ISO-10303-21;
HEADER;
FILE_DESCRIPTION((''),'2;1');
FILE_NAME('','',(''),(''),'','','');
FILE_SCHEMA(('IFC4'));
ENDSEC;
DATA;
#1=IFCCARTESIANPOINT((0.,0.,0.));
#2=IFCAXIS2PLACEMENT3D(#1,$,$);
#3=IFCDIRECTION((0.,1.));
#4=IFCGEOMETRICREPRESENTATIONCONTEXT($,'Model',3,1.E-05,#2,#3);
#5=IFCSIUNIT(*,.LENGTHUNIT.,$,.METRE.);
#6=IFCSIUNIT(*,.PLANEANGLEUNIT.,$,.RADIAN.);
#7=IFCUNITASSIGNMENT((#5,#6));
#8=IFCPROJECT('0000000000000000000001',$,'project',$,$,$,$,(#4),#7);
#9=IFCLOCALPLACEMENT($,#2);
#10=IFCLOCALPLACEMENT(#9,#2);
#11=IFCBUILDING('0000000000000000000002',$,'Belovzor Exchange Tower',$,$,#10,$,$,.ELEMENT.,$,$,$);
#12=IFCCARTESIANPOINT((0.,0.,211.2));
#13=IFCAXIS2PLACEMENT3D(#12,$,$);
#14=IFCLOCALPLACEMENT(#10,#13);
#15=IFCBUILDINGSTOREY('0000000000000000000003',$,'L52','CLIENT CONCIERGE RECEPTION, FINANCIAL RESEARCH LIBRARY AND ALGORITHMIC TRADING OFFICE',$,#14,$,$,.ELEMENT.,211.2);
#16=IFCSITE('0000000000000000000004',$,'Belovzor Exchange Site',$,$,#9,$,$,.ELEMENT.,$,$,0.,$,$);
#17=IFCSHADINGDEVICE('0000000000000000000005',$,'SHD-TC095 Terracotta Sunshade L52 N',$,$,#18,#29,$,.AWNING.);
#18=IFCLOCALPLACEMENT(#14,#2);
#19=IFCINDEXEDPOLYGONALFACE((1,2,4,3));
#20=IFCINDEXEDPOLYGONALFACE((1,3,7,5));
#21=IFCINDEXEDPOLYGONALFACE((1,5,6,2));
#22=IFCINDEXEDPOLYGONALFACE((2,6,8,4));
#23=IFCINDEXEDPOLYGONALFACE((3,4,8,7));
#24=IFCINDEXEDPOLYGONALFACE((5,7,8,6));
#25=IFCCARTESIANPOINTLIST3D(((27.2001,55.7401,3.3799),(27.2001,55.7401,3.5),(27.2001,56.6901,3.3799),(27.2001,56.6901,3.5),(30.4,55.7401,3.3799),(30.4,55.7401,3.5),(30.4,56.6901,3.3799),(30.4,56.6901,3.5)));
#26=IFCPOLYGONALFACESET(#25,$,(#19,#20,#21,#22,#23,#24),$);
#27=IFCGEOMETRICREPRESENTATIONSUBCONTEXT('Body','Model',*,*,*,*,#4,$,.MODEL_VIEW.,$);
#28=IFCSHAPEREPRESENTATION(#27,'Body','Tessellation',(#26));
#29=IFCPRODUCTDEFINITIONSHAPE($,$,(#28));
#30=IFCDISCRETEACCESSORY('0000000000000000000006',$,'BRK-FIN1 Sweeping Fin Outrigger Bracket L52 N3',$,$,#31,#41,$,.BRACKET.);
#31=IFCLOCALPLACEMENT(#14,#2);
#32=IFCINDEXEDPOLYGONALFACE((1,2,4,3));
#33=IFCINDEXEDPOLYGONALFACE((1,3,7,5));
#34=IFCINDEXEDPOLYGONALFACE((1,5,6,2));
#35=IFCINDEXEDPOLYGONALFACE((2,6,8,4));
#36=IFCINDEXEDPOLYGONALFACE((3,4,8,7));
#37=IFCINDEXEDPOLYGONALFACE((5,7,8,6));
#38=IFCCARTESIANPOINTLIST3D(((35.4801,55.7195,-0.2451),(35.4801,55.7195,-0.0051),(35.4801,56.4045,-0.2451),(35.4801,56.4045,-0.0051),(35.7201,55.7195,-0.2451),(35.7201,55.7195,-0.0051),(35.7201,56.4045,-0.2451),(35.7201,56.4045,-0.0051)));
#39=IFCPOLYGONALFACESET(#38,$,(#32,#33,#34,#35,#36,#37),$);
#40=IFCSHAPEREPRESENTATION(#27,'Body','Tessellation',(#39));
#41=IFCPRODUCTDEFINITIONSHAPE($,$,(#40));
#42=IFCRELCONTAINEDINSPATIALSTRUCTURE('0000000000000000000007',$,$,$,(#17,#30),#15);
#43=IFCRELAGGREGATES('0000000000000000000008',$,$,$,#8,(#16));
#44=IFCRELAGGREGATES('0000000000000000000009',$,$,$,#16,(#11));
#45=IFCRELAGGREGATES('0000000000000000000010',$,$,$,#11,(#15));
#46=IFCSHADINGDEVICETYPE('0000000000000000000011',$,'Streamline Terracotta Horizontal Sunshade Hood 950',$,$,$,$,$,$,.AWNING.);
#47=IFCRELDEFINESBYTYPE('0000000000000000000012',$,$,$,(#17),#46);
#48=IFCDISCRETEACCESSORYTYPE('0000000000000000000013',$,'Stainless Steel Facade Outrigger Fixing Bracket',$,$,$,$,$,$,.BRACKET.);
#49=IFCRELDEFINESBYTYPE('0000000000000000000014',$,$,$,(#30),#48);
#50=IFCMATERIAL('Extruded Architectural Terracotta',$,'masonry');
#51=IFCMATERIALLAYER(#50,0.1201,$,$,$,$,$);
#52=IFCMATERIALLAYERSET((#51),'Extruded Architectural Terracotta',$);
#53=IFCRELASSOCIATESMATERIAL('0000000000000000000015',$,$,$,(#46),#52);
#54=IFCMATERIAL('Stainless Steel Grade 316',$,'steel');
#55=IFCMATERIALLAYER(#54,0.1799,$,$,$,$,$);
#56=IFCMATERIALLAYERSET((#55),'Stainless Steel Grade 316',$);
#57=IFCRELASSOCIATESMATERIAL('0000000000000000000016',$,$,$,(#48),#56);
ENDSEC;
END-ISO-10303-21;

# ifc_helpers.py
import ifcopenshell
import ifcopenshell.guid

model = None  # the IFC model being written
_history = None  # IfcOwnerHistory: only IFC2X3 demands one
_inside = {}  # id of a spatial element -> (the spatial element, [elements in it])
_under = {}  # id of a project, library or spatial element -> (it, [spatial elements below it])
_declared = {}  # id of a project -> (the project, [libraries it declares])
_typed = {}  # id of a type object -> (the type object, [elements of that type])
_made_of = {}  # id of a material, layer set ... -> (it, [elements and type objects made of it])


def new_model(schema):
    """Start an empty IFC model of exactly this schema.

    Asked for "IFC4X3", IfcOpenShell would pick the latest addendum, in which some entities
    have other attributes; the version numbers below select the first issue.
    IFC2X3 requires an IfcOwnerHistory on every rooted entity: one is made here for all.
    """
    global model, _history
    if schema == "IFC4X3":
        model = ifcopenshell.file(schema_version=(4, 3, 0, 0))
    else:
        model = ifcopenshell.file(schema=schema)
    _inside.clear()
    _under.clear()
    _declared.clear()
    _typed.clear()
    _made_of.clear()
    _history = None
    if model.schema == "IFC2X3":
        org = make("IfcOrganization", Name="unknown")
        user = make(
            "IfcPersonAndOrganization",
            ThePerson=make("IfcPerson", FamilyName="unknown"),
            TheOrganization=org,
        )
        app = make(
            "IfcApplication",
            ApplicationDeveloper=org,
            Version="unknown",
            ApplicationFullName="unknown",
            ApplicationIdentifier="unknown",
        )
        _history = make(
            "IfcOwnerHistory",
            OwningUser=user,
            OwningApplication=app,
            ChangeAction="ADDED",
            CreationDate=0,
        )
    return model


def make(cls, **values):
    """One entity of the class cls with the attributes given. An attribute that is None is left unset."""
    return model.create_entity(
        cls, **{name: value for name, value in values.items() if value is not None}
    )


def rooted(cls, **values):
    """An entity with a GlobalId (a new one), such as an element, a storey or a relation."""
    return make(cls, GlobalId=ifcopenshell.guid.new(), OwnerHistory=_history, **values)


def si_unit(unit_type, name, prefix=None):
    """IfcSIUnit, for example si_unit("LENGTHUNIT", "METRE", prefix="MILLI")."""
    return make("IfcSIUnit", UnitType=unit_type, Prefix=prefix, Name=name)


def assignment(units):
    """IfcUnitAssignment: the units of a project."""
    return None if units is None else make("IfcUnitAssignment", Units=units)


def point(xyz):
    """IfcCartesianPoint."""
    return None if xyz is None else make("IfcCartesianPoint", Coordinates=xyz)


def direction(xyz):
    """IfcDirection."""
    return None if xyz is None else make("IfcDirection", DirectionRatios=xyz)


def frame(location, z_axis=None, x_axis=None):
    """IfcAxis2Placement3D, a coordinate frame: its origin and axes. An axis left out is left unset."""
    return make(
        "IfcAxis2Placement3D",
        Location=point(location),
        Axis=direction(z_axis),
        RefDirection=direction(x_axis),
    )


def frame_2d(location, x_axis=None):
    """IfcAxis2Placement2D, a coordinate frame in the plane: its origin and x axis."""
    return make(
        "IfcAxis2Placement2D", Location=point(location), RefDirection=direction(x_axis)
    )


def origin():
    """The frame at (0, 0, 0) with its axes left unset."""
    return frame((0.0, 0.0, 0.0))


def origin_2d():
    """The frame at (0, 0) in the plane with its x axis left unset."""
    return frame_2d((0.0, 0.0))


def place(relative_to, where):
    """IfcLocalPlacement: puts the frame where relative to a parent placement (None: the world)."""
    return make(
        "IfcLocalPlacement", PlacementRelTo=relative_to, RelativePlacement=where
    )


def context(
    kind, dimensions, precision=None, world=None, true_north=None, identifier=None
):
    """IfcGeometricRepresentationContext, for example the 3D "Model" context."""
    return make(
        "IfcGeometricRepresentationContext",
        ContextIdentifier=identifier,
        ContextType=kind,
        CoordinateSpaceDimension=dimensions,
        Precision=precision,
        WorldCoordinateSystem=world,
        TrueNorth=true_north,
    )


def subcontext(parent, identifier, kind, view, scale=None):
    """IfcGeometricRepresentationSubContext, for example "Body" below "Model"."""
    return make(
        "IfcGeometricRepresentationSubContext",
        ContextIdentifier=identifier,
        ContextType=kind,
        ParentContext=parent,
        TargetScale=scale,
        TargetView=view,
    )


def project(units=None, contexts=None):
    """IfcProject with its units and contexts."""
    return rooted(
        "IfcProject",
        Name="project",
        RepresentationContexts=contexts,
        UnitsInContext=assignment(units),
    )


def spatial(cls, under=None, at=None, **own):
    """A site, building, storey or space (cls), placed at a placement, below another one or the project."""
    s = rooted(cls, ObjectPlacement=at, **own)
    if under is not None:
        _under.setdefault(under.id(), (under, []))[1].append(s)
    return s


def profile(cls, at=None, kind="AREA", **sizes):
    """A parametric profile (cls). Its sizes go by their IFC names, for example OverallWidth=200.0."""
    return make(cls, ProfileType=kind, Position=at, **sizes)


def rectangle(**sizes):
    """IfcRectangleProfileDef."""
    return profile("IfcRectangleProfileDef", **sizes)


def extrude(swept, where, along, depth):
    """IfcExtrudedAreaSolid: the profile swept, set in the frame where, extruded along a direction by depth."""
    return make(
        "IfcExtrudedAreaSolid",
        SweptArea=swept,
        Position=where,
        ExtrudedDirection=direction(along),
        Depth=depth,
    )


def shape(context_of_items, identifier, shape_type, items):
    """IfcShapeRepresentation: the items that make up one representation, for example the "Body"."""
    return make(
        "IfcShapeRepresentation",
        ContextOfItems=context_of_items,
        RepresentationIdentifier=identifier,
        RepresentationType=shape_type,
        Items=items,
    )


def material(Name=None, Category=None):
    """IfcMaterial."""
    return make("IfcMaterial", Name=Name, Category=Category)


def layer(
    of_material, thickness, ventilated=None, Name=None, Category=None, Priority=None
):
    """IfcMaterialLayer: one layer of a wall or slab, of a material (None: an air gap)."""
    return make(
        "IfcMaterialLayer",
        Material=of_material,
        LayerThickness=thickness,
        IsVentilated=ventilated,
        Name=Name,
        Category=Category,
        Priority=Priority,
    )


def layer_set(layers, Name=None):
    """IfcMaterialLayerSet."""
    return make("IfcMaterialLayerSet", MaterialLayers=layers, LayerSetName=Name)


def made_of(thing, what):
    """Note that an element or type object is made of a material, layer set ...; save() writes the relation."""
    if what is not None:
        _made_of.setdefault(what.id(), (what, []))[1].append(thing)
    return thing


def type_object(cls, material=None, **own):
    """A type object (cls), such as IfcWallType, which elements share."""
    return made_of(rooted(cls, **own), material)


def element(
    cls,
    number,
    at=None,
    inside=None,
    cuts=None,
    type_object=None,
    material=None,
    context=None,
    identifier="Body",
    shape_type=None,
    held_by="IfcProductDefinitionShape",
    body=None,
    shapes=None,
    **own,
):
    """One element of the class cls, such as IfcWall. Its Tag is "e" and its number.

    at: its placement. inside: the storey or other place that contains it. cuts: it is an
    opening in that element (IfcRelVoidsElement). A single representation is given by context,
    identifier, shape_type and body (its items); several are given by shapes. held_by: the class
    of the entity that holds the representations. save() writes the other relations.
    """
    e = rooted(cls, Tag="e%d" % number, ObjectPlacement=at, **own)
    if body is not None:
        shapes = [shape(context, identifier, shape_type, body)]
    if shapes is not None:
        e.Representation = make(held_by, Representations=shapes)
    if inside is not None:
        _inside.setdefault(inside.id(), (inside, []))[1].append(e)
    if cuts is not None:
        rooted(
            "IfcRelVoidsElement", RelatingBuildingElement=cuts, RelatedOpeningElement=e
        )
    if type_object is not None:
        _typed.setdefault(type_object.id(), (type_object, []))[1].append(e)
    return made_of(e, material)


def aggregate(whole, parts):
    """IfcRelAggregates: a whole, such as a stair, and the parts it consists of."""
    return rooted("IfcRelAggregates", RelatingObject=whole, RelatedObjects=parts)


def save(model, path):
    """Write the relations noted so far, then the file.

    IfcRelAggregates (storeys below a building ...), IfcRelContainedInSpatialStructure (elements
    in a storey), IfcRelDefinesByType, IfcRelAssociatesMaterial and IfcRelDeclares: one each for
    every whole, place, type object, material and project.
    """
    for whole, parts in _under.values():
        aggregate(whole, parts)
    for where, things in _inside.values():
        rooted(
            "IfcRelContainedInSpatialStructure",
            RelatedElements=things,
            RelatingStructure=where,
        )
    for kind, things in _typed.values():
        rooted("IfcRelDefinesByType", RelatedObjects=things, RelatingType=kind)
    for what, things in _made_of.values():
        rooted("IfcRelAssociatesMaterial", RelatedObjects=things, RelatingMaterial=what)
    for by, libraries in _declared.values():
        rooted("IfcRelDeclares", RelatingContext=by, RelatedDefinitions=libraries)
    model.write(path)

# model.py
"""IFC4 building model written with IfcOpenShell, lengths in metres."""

from ifc_helpers import new_model, si_unit, direction, frame, origin, origin_2d, place, context, subcontext, project, spatial, rectangle, extrude, material, layer, layer_set, type_object, element, save


model = new_model("IFC4")

# Units and contexts
model_context = context("Model", 3, precision=1e-05, world=origin(), true_north=direction((0.0, 1.0)))
body_context = subcontext(model_context, "Body", "Model", "MODEL_VIEW")
ifc_project = project(units=[si_unit("LENGTHUNIT", "METRE"), si_unit("PLANEANGLEUNIT", "RADIAN")], contexts=[model_context])

# Site, building, storey
site_placement = place(None, origin())
site = spatial("IfcSite", under=ifc_project, at=site_placement, Name="Belovzor Exchange Site", CompositionType="ELEMENT", RefElevation=0.0)
building_placement = place(site_placement, origin())
building = spatial("IfcBuilding", under=site, at=building_placement, Name="Belovzor Exchange Tower", CompositionType="ELEMENT")
storey_placement = place(building_placement, frame((0.0, 0.0, 211.2)))
storey = spatial("IfcBuildingStorey", under=building, at=storey_placement, Name="L52", Description="CLIENT CONCIERGE RECEPTION, FINANCIAL RESEARCH LIBRARY AND ALGORITHMIC TRADING OFFICE", CompositionType="ELEMENT", Elevation=211.2)

# Shading device
ifc_material_1 = material(Name="Extruded Architectural Terracotta", Category="masonry")
ifc_layer_1 = layer(ifc_material_1, 0.1201)
ifc_layer_set_1 = layer_set([ifc_layer_1], Name="Extruded Architectural Terracotta")
shading_device_type = type_object("IfcShadingDeviceType", Name="Streamline Terracotta Horizontal Sunshade Hood 950", PredefinedType="AWNING", material=ifc_layer_set_1)
shading_device_placement = place(storey_placement, frame((28.8, 56.2151, 3.3799), z_axis=(0.0, 0.0, 1.0), x_axis=(1.0, 0.0, 0.0)))
element("IfcShadingDevice", 1, at=shading_device_placement, inside=storey, type_object=shading_device_type, Name="SHD-TC095 Terracotta Sunshade L52 N", PredefinedType="AWNING", context=body_context, shape_type="SweptSolid", body=[
    extrude(rectangle(XDim=3.2, YDim=0.95, at=origin_2d()), origin(), (0.0, 0.0, 1.0), 0.1201),
])

# Discrete accessory
ifc_material_2 = material(Name="Stainless Steel Grade 316", Category="steel")
ifc_layer_2 = layer(ifc_material_2, 0.1799)
ifc_layer_set_2 = layer_set([ifc_layer_2], Name="Stainless Steel Grade 316")
discrete_accessory_type = type_object("IfcDiscreteAccessoryType", Name="Stainless Steel Facade Outrigger Fixing Bracket", PredefinedType="BRACKET", material=ifc_layer_set_2)
discrete_accessory_placement = place(storey_placement, frame((35.6001, 56.062, -0.2451), z_axis=(0.0, 0.0, 1.0), x_axis=(0.0, 1.0, 0.0)))
element("IfcDiscreteAccessory", 2, at=discrete_accessory_placement, inside=storey, type_object=discrete_accessory_type, Name="BRK-FIN1 Sweeping Fin Outrigger Bracket L52 N3", PredefinedType="BRACKET", context=body_context, shape_type="SweptSolid", body=[
    extrude(rectangle(XDim=0.6851, YDim=0.24, at=origin_2d()), origin(), (0.0, 0.0, 1.0), 0.24),
])

save(model, "model.ifc")
